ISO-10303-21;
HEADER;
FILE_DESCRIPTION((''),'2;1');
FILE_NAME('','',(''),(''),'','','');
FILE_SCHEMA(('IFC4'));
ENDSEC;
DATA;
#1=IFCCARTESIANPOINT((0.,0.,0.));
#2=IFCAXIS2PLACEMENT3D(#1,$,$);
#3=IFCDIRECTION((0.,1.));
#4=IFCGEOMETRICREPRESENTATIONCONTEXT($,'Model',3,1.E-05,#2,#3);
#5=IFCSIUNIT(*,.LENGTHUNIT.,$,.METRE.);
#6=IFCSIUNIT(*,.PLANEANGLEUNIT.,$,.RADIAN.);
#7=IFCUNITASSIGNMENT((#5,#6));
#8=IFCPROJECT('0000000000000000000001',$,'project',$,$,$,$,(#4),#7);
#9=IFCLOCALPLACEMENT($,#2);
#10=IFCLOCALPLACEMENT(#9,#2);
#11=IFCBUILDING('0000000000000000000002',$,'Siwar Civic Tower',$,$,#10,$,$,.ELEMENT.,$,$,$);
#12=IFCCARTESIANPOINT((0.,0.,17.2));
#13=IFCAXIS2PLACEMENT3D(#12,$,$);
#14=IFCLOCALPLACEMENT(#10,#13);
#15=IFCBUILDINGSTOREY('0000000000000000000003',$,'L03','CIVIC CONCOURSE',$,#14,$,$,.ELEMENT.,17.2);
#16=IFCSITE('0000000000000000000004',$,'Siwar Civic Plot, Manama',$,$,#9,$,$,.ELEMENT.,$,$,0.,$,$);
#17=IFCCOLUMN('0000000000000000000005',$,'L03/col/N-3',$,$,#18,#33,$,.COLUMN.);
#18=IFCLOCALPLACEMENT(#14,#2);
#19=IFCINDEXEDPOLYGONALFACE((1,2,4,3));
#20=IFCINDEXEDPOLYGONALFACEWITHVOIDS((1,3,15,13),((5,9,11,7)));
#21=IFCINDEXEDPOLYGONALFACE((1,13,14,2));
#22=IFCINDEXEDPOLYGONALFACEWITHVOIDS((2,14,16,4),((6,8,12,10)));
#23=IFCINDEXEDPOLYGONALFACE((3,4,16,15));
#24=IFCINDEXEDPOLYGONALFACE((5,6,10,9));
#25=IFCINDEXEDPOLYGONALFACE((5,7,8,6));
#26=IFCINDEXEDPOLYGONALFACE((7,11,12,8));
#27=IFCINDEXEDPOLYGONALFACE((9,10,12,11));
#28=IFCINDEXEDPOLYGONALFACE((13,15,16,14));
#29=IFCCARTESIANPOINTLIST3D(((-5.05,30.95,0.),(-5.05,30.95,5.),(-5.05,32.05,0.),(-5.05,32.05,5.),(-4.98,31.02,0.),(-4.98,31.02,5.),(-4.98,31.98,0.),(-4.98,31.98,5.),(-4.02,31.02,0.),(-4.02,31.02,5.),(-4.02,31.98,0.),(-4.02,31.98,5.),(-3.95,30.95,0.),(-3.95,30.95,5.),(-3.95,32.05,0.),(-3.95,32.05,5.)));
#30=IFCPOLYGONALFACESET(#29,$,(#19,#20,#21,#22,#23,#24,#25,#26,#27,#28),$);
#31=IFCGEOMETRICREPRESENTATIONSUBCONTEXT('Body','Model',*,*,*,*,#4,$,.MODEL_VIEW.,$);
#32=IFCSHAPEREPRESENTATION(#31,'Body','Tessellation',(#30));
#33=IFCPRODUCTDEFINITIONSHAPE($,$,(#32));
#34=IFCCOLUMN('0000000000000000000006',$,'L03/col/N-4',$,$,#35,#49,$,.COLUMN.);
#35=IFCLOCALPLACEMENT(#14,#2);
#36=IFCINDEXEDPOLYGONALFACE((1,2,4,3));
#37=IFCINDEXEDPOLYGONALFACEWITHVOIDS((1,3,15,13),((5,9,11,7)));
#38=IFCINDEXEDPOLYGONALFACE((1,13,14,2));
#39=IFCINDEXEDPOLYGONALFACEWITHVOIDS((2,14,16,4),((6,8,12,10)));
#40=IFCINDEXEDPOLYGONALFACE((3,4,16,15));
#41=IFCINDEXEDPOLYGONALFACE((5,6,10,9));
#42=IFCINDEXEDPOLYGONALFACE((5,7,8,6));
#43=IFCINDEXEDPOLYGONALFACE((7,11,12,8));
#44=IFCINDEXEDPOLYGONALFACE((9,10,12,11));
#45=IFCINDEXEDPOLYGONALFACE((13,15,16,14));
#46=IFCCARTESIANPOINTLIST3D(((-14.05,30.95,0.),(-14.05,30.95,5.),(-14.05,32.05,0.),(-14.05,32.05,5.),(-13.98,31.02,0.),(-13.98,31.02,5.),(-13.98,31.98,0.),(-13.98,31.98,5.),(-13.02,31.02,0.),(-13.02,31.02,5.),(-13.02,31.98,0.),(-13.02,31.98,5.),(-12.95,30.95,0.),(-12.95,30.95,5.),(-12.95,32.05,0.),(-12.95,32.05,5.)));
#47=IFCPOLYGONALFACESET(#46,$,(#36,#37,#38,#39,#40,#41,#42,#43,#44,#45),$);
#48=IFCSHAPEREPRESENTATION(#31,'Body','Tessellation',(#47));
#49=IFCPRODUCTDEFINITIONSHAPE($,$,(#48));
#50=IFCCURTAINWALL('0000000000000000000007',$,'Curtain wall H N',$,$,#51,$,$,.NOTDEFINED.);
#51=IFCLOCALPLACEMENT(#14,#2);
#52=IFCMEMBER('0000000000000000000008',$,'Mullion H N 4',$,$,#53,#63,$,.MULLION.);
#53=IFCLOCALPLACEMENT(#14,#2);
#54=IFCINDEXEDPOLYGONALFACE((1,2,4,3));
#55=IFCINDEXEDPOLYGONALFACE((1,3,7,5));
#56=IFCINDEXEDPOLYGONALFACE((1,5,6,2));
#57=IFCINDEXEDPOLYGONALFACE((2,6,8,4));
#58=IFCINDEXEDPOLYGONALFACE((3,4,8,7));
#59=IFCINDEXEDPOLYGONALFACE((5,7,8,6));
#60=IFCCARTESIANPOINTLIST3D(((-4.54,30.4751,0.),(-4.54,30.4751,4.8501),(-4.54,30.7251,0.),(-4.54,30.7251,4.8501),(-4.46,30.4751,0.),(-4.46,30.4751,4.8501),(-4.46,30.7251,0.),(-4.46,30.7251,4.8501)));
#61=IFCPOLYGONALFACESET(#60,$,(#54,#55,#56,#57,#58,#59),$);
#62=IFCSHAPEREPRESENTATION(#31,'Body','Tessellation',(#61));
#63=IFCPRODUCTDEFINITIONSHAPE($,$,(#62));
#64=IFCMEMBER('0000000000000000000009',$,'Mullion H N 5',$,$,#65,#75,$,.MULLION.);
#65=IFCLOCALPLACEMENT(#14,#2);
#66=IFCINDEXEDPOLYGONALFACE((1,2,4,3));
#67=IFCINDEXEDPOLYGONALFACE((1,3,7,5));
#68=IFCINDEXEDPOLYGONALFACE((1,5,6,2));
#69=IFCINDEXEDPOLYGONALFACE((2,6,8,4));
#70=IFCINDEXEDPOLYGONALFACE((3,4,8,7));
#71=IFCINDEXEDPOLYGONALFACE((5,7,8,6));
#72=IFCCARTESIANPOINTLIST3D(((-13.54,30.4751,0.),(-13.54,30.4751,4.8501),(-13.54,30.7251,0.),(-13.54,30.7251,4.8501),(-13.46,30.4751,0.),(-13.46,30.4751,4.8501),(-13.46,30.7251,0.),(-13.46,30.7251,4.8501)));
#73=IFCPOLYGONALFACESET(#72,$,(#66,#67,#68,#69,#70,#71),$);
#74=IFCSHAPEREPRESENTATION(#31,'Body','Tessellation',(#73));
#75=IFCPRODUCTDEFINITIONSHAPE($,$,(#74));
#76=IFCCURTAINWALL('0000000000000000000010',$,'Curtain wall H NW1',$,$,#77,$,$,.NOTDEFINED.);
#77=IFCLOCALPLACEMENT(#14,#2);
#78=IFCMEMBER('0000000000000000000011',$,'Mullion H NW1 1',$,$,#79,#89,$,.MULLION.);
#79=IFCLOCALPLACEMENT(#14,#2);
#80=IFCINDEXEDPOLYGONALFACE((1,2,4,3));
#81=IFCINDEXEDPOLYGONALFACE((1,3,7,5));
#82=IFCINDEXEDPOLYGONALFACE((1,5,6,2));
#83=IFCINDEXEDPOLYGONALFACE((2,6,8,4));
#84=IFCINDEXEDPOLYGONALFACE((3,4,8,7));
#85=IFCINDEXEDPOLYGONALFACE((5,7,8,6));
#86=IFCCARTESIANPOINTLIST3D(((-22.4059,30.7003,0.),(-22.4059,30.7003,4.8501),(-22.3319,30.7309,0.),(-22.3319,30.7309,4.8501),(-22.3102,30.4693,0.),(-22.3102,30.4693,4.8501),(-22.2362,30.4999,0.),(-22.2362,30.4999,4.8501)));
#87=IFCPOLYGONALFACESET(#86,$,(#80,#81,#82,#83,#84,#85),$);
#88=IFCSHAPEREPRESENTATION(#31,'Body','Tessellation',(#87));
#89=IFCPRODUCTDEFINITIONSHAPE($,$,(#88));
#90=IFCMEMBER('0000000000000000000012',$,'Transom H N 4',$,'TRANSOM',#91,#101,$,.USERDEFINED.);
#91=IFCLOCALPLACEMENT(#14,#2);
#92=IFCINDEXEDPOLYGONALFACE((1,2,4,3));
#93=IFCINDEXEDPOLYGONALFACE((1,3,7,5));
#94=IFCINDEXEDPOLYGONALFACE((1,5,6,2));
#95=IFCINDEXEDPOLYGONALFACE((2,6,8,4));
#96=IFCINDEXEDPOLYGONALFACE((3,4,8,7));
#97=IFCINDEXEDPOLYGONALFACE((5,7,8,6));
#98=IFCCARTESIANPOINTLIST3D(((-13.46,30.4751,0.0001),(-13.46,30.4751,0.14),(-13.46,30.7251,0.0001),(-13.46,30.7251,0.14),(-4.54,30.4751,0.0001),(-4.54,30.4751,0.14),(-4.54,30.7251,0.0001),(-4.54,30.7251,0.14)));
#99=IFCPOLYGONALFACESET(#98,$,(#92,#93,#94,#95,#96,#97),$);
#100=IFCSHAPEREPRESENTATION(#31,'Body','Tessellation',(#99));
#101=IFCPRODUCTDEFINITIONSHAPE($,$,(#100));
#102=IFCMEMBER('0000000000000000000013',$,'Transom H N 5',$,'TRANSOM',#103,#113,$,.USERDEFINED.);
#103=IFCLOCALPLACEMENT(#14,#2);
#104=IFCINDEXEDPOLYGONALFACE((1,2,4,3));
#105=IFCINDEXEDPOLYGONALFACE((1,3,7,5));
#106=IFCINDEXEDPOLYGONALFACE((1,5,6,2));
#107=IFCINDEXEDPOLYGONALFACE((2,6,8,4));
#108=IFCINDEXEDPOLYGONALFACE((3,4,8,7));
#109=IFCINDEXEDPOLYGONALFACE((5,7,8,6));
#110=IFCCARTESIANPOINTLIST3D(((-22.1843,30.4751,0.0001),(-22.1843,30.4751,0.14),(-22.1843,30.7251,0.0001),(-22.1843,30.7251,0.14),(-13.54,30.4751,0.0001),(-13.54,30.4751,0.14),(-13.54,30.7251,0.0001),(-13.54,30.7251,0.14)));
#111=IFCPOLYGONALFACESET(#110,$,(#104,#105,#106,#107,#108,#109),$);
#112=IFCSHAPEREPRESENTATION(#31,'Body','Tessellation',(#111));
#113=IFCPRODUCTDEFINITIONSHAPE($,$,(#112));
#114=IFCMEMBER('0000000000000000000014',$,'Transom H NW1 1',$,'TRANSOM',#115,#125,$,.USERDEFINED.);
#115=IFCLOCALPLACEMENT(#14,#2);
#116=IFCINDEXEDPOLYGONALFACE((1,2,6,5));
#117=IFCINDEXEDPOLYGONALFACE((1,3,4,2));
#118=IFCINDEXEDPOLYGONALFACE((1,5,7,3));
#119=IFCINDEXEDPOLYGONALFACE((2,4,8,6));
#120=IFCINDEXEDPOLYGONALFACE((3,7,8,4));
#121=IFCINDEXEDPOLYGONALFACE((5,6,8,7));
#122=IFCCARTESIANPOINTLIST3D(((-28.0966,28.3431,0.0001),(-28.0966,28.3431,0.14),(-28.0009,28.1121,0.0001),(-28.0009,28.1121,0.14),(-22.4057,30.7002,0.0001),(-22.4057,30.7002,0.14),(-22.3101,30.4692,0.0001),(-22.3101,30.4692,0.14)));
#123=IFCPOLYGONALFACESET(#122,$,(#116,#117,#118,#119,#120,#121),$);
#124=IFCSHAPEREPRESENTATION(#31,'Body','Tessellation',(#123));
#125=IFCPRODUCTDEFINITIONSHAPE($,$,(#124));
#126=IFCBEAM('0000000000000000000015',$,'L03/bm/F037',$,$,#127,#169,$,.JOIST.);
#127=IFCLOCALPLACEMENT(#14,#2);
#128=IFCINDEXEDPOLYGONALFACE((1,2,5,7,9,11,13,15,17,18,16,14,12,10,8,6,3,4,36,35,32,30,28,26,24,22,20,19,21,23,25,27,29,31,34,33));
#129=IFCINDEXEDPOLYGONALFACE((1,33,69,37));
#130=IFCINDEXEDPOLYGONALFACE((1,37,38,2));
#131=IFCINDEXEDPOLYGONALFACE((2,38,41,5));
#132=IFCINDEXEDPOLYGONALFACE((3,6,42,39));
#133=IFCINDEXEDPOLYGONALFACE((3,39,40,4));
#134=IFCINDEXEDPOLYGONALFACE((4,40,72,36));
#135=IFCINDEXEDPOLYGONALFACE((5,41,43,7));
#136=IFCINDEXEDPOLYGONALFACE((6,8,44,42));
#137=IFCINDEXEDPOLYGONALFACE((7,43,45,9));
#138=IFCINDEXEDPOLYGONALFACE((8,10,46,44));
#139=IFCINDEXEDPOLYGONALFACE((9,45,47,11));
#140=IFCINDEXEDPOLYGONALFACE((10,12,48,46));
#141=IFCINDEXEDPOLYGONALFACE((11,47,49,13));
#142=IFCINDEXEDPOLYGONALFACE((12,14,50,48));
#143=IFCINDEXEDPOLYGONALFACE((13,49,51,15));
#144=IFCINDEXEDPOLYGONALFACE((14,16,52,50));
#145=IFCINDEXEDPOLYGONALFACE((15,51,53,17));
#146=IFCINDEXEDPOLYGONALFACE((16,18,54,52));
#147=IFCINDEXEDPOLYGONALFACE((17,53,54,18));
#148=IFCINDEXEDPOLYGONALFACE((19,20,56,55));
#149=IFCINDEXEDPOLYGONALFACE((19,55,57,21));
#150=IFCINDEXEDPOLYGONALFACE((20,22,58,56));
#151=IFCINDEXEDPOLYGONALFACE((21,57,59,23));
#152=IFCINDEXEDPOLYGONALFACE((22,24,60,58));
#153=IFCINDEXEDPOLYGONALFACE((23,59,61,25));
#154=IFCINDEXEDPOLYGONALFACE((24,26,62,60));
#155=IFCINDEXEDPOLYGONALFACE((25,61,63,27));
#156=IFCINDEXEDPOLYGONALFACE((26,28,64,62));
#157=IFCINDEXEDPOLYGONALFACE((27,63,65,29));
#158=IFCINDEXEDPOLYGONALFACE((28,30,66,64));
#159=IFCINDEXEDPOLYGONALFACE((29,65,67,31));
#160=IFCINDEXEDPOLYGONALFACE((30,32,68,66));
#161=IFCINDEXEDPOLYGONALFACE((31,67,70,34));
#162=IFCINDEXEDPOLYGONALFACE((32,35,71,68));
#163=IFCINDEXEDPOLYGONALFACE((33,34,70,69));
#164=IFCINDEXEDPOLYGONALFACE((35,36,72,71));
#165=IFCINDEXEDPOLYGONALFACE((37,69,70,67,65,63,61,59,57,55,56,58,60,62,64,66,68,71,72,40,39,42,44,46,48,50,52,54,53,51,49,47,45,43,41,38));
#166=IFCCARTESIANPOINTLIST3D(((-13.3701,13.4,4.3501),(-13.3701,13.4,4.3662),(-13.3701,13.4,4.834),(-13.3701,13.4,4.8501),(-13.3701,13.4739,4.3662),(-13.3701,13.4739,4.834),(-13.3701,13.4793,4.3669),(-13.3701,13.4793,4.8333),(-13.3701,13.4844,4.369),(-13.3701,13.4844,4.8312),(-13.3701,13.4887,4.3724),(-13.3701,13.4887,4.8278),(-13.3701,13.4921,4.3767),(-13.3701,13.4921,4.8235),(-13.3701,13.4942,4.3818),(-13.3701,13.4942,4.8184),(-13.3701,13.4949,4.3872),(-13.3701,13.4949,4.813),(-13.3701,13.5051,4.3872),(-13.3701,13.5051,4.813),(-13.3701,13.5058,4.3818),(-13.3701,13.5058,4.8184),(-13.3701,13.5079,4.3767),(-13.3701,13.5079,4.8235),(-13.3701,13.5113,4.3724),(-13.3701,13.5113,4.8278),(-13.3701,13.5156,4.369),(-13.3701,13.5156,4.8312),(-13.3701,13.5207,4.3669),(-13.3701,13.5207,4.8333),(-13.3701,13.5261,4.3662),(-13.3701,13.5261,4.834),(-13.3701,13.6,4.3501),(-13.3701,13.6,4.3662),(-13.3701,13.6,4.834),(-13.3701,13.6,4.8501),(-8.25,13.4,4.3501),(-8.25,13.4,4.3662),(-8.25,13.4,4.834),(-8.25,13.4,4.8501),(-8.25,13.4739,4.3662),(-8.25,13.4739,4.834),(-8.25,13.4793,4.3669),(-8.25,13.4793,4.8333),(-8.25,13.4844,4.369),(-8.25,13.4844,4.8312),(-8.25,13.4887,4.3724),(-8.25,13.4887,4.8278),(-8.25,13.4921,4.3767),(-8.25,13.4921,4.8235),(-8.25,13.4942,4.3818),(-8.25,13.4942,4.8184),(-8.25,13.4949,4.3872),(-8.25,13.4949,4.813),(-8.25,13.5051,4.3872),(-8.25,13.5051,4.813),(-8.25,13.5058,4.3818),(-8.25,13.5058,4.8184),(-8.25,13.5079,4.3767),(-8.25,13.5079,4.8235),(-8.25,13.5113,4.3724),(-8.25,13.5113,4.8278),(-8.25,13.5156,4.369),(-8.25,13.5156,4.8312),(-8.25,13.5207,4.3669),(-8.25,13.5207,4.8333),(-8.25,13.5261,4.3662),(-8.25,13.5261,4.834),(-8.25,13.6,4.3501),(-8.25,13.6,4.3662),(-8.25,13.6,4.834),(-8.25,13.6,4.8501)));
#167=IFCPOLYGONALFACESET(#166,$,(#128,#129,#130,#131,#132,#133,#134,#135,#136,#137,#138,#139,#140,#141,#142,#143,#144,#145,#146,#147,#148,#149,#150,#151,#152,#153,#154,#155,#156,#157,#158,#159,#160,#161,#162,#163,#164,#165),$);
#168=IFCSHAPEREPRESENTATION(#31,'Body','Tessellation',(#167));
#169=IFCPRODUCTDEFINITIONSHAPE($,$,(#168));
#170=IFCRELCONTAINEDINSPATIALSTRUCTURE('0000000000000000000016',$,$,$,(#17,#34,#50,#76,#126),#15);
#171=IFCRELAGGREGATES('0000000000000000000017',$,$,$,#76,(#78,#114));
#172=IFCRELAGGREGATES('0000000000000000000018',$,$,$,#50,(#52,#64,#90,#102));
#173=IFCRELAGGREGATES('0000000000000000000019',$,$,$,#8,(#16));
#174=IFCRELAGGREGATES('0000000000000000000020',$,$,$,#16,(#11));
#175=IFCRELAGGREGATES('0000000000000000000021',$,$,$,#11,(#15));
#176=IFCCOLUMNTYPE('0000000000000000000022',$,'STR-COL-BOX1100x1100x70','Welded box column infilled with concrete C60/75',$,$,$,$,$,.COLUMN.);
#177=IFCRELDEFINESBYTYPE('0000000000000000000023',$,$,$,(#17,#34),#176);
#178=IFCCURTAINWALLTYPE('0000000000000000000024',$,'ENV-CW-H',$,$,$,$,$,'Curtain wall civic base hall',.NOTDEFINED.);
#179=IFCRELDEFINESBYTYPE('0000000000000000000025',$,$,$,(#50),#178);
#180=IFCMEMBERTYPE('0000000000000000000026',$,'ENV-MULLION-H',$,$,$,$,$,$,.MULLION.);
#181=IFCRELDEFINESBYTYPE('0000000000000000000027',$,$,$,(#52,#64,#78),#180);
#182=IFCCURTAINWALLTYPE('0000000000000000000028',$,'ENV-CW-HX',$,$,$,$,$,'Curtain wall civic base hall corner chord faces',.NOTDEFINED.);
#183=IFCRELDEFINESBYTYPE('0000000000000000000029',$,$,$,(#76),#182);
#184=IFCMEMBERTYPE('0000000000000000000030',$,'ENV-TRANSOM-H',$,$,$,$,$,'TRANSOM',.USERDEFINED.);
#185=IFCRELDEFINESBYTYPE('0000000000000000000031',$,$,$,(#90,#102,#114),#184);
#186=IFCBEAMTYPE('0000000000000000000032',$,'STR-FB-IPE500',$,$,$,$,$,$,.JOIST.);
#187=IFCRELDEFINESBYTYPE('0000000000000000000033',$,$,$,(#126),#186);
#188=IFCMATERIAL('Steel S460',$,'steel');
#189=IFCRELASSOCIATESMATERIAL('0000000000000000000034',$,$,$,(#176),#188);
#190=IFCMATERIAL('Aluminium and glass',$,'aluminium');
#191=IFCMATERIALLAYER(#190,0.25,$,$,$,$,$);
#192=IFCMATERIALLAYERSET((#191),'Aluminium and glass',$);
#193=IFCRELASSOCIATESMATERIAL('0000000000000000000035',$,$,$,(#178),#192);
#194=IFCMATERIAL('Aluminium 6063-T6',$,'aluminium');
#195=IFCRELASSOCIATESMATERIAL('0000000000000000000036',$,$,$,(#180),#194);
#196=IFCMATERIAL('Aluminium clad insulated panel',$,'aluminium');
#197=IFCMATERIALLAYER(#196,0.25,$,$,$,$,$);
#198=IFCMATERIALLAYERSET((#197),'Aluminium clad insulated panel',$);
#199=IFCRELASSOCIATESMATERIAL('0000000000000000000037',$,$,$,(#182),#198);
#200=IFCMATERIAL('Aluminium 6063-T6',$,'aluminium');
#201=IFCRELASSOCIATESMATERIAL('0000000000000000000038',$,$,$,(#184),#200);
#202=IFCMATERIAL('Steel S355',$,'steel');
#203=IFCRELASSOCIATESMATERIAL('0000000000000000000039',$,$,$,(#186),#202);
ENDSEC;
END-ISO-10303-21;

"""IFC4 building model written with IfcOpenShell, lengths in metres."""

from ifc_helpers import new_model, si_unit, direction, frame, origin, origin_2d, place, context, subcontext, project, spatial, rectangle, hollow_rectangle, i_section, extrude, material, layer, layer_set, material_profile, profile_set, type_object, element, aggregate, save


model = new_model("IFC4")

# Units and contexts
model_context = context("Model", 3, precision=1e-05, world=origin(), true_north=direction((0.0, 1.0)))
body_context = subcontext(model_context, "Body", "Model", "MODEL_VIEW")
ifc_project = project(units=[si_unit("LENGTHUNIT", "METRE"), si_unit("PLANEANGLEUNIT", "RADIAN")], contexts=[model_context])

# Site, building, storey
site_placement = place(None, origin())
site = spatial("IfcSite", under=ifc_project, at=site_placement, Name="Siwar Civic Plot, Manama", CompositionType="ELEMENT", RefElevation=0.0)
building_placement = place(site_placement, origin())
building = spatial("IfcBuilding", under=site, at=building_placement, Name="Siwar Civic Tower", CompositionType="ELEMENT")
storey_placement = place(building_placement, frame((0.0, 0.0, 17.2)))
storey = spatial("IfcBuildingStorey", under=building, at=storey_placement, Name="L03", Description="CIVIC CONCOURSE", CompositionType="ELEMENT", Elevation=17.2)

# Columns
ifc_material_1 = material(Name="Steel S460", Category="steel")
ifc_material_profile_1 = material_profile(ifc_material_1, hollow_rectangle(XDim=1.1001, YDim=1.1001, WallThickness=0.0701, at=origin_2d()), Name="BOX1100x1100x70")
ifc_profile_set_1 = profile_set([ifc_material_profile_1], Name="Steel S460")
column_type = type_object("IfcColumnType", Name="STR-COL-BOX1100x1100x70", Description="Welded box column infilled with concrete C60/75", PredefinedType="COLUMN", material=ifc_profile_set_1)
for number, where, z_axis, x_axis, name in (
    (1, (-4.5, 31.5, 0.0), (0.0, 0.0, 1.0), (1.0, 0.0, 0.0), "L03/col/N-3"),
    (2, (-13.5, 31.5, 0.0), (0.0, 0.0, 1.0), (1.0, 0.0, 0.0), "L03/col/N-4"),
):
    element("IfcColumn", number, at=place(storey_placement, frame(where, z_axis=z_axis, x_axis=x_axis)), inside=storey, type_object=column_type, Name=name, PredefinedType="COLUMN", context=body_context, shape_type="SweptSolid", body=[
        extrude(hollow_rectangle(XDim=1.1001, YDim=1.1001, WallThickness=0.0701, at=origin_2d()), origin(), (0.0, 0.0, 1.0), 5.0),
    ])

# Curtain wall, members
ifc_material_2 = material(Name="Aluminium and glass", Category="aluminium")
ifc_layer_1 = layer(ifc_material_2, 0.25)
ifc_layer_set_1 = layer_set([ifc_layer_1], Name="Aluminium and glass")
curtain_wall_type_1 = type_object("IfcCurtainWallType", Name="ENV-CW-H", ElementType="Curtain wall civic base hall", PredefinedType="NOTDEFINED", material=ifc_layer_set_1)
curtain_wall_1_placement = place(storey_placement, origin())
curtain_wall_1 = element("IfcCurtainWall", 3, at=curtain_wall_1_placement, inside=storey, type_object=curtain_wall_type_1, Name="Curtain wall H N", PredefinedType="NOTDEFINED")
ifc_material_3 = material(Name="Aluminium 6063-T6", Category="aluminium")
ifc_material_profile_2 = material_profile(ifc_material_3, rectangle(XDim=0.25, YDim=0.0801, at=origin_2d()), Name="AL 250x80")
ifc_profile_set_2 = profile_set([ifc_material_profile_2], Name="Aluminium 6063-T6")
member_type_1 = type_object("IfcMemberType", Name="ENV-MULLION-H", PredefinedType="MULLION", material=ifc_profile_set_2)
member_1_placement = place(storey_placement, frame((-4.5, 30.6001, 0.0), z_axis=(0.0, 0.0, 1.0), x_axis=(0.0, -1.0, 0.0)))
member_1 = element("IfcMember", 4, at=member_1_placement, type_object=member_type_1, Name="Mullion H N 4", PredefinedType="MULLION", context=body_context, shape_type="SweptSolid", body=[
    extrude(rectangle(XDim=0.25, YDim=0.0801, at=origin_2d()), origin(), (0.0, 0.0, 1.0), 4.8501),
])
member_2_placement = place(storey_placement, frame((-13.5, 30.6001, 0.0), z_axis=(0.0, 0.0, 1.0), x_axis=(0.0, -1.0, 0.0)))
member_2 = element("IfcMember", 5, at=member_2_placement, type_object=member_type_1, Name="Mullion H N 5", PredefinedType="MULLION", context=body_context, shape_type="SweptSolid", body=[
    extrude(rectangle(XDim=0.25, YDim=0.0801, at=origin_2d()), origin(), (0.0, 0.0, 1.0), 4.8501),
])

# Curtain wall, member
ifc_material_4 = material(Name="Aluminium clad insulated panel", Category="aluminium")
ifc_layer_2 = layer(ifc_material_4, 0.25)
ifc_layer_set_2 = layer_set([ifc_layer_2], Name="Aluminium clad insulated panel")
curtain_wall_type_2 = type_object("IfcCurtainWallType", Name="ENV-CW-HX", ElementType="Curtain wall civic base hall corner chord faces", PredefinedType="NOTDEFINED", material=ifc_layer_set_2)
curtain_wall_2_placement = place(storey_placement, origin())
curtain_wall_2 = element("IfcCurtainWall", 6, at=curtain_wall_2_placement, inside=storey, type_object=curtain_wall_type_2, Name="Curtain wall H NW1", PredefinedType="NOTDEFINED")
member_3_placement = place(storey_placement, frame((-22.321, 30.6001, 0.0), z_axis=(0.0, 0.0, 1.0), x_axis=(0.382683, -0.92388, 0.0)))
member_3 = element("IfcMember", 7, at=member_3_placement, type_object=member_type_1, Name="Mullion H NW1 1", PredefinedType="MULLION", context=body_context, shape_type="SweptSolid", body=[
    extrude(rectangle(XDim=0.25, YDim=0.0801, at=origin_2d()), origin(), (0.0, 0.0, 1.0), 4.8501),
])

# Members
ifc_material_5 = material(Name="Aluminium 6063-T6", Category="aluminium")
ifc_material_profile_3 = material_profile(ifc_material_5, rectangle(XDim=0.25, YDim=0.1399, at=origin_2d()), Name="AL 250x140")
ifc_profile_set_3 = profile_set([ifc_material_profile_3], Name="Aluminium 6063-T6")
member_type_2 = type_object("IfcMemberType", Name="ENV-TRANSOM-H", ElementType="TRANSOM", PredefinedType="USERDEFINED", material=ifc_profile_set_3)
member_4_placement = place(storey_placement, frame((-4.54, 30.6001, 0.0701), z_axis=(-1.0, 0.0, 0.0), x_axis=(0.0, -1.0, 0.0)))
member_4 = element("IfcMember", 8, at=member_4_placement, type_object=member_type_2, Name="Transom H N 4", ObjectType="TRANSOM", PredefinedType="USERDEFINED", context=body_context, shape_type="SweptSolid", body=[
    extrude(rectangle(XDim=0.25, YDim=0.1399, at=origin_2d()), origin(), (0.0, 0.0, 1.0), 8.9199),
])
member_5_placement = place(storey_placement, frame((-13.54, 30.6001, 0.0701), z_axis=(-1.0, 0.0, 0.0), x_axis=(0.0, -1.0, 0.0)))
member_5 = element("IfcMember", 9, at=member_5_placement, type_object=member_type_2, Name="Transom H N 5", ObjectType="TRANSOM", PredefinedType="USERDEFINED", context=body_context, shape_type="SweptSolid", body=[
    extrude(rectangle(XDim=0.25, YDim=0.1399, at=origin_2d()), origin(), (0.0, 0.0, 1.0), 8.6443),
])
member_6_placement = place(storey_placement, frame((-22.3579, 30.5847, 0.0701), z_axis=(-0.923884, -0.382673, 0.0), x_axis=(0.382673, -0.923884, 0.0)))
member_6 = element("IfcMember", 10, at=member_6_placement, type_object=member_type_2, Name="Transom H NW1 1", ObjectType="TRANSOM", PredefinedType="USERDEFINED", context=body_context, shape_type="SweptSolid", body=[
    extrude(rectangle(XDim=0.25, YDim=0.1399, at=origin_2d()), origin(), (0.0, 0.0, 1.0), 6.1597),
])
aggregate(curtain_wall_2, [member_3, member_6])

# Beam
ifc_material_6 = material(Name="Steel S355", Category="steel")
ifc_material_profile_4 = material_profile(ifc_material_6, i_section(OverallWidth=0.2, OverallDepth=0.5, WebThickness=0.0103, FlangeThickness=0.0161, FilletRadius=0.021, at=origin_2d()), Name="IPE500")
ifc_profile_set_4 = profile_set([ifc_material_profile_4], Name="Steel S355")
beam_type_1 = type_object("IfcBeamType", Name="STR-FB-IPE500", PredefinedType="JOIST", material=ifc_profile_set_4)
beam_1_placement = place(storey_placement, frame((-13.3701, 13.5, 4.6001), z_axis=(1.0, 0.0, 0.0), x_axis=(0.0, 1.0, 0.0)))
element("IfcBeam", 11, at=beam_1_placement, inside=storey, type_object=beam_type_1, Name="L03/bm/F037", PredefinedType="JOIST", context=body_context, shape_type="SweptSolid", body=[
    extrude(i_section(OverallWidth=0.2, OverallDepth=0.5, WebThickness=0.0103, FlangeThickness=0.0161, FilletRadius=0.021, at=origin_2d()), origin(), (0.0, 0.0, 1.0), 5.1201),
])

aggregate(curtain_wall_1, [member_1, member_2, member_4, member_5])

save(model, "model.ifc")
